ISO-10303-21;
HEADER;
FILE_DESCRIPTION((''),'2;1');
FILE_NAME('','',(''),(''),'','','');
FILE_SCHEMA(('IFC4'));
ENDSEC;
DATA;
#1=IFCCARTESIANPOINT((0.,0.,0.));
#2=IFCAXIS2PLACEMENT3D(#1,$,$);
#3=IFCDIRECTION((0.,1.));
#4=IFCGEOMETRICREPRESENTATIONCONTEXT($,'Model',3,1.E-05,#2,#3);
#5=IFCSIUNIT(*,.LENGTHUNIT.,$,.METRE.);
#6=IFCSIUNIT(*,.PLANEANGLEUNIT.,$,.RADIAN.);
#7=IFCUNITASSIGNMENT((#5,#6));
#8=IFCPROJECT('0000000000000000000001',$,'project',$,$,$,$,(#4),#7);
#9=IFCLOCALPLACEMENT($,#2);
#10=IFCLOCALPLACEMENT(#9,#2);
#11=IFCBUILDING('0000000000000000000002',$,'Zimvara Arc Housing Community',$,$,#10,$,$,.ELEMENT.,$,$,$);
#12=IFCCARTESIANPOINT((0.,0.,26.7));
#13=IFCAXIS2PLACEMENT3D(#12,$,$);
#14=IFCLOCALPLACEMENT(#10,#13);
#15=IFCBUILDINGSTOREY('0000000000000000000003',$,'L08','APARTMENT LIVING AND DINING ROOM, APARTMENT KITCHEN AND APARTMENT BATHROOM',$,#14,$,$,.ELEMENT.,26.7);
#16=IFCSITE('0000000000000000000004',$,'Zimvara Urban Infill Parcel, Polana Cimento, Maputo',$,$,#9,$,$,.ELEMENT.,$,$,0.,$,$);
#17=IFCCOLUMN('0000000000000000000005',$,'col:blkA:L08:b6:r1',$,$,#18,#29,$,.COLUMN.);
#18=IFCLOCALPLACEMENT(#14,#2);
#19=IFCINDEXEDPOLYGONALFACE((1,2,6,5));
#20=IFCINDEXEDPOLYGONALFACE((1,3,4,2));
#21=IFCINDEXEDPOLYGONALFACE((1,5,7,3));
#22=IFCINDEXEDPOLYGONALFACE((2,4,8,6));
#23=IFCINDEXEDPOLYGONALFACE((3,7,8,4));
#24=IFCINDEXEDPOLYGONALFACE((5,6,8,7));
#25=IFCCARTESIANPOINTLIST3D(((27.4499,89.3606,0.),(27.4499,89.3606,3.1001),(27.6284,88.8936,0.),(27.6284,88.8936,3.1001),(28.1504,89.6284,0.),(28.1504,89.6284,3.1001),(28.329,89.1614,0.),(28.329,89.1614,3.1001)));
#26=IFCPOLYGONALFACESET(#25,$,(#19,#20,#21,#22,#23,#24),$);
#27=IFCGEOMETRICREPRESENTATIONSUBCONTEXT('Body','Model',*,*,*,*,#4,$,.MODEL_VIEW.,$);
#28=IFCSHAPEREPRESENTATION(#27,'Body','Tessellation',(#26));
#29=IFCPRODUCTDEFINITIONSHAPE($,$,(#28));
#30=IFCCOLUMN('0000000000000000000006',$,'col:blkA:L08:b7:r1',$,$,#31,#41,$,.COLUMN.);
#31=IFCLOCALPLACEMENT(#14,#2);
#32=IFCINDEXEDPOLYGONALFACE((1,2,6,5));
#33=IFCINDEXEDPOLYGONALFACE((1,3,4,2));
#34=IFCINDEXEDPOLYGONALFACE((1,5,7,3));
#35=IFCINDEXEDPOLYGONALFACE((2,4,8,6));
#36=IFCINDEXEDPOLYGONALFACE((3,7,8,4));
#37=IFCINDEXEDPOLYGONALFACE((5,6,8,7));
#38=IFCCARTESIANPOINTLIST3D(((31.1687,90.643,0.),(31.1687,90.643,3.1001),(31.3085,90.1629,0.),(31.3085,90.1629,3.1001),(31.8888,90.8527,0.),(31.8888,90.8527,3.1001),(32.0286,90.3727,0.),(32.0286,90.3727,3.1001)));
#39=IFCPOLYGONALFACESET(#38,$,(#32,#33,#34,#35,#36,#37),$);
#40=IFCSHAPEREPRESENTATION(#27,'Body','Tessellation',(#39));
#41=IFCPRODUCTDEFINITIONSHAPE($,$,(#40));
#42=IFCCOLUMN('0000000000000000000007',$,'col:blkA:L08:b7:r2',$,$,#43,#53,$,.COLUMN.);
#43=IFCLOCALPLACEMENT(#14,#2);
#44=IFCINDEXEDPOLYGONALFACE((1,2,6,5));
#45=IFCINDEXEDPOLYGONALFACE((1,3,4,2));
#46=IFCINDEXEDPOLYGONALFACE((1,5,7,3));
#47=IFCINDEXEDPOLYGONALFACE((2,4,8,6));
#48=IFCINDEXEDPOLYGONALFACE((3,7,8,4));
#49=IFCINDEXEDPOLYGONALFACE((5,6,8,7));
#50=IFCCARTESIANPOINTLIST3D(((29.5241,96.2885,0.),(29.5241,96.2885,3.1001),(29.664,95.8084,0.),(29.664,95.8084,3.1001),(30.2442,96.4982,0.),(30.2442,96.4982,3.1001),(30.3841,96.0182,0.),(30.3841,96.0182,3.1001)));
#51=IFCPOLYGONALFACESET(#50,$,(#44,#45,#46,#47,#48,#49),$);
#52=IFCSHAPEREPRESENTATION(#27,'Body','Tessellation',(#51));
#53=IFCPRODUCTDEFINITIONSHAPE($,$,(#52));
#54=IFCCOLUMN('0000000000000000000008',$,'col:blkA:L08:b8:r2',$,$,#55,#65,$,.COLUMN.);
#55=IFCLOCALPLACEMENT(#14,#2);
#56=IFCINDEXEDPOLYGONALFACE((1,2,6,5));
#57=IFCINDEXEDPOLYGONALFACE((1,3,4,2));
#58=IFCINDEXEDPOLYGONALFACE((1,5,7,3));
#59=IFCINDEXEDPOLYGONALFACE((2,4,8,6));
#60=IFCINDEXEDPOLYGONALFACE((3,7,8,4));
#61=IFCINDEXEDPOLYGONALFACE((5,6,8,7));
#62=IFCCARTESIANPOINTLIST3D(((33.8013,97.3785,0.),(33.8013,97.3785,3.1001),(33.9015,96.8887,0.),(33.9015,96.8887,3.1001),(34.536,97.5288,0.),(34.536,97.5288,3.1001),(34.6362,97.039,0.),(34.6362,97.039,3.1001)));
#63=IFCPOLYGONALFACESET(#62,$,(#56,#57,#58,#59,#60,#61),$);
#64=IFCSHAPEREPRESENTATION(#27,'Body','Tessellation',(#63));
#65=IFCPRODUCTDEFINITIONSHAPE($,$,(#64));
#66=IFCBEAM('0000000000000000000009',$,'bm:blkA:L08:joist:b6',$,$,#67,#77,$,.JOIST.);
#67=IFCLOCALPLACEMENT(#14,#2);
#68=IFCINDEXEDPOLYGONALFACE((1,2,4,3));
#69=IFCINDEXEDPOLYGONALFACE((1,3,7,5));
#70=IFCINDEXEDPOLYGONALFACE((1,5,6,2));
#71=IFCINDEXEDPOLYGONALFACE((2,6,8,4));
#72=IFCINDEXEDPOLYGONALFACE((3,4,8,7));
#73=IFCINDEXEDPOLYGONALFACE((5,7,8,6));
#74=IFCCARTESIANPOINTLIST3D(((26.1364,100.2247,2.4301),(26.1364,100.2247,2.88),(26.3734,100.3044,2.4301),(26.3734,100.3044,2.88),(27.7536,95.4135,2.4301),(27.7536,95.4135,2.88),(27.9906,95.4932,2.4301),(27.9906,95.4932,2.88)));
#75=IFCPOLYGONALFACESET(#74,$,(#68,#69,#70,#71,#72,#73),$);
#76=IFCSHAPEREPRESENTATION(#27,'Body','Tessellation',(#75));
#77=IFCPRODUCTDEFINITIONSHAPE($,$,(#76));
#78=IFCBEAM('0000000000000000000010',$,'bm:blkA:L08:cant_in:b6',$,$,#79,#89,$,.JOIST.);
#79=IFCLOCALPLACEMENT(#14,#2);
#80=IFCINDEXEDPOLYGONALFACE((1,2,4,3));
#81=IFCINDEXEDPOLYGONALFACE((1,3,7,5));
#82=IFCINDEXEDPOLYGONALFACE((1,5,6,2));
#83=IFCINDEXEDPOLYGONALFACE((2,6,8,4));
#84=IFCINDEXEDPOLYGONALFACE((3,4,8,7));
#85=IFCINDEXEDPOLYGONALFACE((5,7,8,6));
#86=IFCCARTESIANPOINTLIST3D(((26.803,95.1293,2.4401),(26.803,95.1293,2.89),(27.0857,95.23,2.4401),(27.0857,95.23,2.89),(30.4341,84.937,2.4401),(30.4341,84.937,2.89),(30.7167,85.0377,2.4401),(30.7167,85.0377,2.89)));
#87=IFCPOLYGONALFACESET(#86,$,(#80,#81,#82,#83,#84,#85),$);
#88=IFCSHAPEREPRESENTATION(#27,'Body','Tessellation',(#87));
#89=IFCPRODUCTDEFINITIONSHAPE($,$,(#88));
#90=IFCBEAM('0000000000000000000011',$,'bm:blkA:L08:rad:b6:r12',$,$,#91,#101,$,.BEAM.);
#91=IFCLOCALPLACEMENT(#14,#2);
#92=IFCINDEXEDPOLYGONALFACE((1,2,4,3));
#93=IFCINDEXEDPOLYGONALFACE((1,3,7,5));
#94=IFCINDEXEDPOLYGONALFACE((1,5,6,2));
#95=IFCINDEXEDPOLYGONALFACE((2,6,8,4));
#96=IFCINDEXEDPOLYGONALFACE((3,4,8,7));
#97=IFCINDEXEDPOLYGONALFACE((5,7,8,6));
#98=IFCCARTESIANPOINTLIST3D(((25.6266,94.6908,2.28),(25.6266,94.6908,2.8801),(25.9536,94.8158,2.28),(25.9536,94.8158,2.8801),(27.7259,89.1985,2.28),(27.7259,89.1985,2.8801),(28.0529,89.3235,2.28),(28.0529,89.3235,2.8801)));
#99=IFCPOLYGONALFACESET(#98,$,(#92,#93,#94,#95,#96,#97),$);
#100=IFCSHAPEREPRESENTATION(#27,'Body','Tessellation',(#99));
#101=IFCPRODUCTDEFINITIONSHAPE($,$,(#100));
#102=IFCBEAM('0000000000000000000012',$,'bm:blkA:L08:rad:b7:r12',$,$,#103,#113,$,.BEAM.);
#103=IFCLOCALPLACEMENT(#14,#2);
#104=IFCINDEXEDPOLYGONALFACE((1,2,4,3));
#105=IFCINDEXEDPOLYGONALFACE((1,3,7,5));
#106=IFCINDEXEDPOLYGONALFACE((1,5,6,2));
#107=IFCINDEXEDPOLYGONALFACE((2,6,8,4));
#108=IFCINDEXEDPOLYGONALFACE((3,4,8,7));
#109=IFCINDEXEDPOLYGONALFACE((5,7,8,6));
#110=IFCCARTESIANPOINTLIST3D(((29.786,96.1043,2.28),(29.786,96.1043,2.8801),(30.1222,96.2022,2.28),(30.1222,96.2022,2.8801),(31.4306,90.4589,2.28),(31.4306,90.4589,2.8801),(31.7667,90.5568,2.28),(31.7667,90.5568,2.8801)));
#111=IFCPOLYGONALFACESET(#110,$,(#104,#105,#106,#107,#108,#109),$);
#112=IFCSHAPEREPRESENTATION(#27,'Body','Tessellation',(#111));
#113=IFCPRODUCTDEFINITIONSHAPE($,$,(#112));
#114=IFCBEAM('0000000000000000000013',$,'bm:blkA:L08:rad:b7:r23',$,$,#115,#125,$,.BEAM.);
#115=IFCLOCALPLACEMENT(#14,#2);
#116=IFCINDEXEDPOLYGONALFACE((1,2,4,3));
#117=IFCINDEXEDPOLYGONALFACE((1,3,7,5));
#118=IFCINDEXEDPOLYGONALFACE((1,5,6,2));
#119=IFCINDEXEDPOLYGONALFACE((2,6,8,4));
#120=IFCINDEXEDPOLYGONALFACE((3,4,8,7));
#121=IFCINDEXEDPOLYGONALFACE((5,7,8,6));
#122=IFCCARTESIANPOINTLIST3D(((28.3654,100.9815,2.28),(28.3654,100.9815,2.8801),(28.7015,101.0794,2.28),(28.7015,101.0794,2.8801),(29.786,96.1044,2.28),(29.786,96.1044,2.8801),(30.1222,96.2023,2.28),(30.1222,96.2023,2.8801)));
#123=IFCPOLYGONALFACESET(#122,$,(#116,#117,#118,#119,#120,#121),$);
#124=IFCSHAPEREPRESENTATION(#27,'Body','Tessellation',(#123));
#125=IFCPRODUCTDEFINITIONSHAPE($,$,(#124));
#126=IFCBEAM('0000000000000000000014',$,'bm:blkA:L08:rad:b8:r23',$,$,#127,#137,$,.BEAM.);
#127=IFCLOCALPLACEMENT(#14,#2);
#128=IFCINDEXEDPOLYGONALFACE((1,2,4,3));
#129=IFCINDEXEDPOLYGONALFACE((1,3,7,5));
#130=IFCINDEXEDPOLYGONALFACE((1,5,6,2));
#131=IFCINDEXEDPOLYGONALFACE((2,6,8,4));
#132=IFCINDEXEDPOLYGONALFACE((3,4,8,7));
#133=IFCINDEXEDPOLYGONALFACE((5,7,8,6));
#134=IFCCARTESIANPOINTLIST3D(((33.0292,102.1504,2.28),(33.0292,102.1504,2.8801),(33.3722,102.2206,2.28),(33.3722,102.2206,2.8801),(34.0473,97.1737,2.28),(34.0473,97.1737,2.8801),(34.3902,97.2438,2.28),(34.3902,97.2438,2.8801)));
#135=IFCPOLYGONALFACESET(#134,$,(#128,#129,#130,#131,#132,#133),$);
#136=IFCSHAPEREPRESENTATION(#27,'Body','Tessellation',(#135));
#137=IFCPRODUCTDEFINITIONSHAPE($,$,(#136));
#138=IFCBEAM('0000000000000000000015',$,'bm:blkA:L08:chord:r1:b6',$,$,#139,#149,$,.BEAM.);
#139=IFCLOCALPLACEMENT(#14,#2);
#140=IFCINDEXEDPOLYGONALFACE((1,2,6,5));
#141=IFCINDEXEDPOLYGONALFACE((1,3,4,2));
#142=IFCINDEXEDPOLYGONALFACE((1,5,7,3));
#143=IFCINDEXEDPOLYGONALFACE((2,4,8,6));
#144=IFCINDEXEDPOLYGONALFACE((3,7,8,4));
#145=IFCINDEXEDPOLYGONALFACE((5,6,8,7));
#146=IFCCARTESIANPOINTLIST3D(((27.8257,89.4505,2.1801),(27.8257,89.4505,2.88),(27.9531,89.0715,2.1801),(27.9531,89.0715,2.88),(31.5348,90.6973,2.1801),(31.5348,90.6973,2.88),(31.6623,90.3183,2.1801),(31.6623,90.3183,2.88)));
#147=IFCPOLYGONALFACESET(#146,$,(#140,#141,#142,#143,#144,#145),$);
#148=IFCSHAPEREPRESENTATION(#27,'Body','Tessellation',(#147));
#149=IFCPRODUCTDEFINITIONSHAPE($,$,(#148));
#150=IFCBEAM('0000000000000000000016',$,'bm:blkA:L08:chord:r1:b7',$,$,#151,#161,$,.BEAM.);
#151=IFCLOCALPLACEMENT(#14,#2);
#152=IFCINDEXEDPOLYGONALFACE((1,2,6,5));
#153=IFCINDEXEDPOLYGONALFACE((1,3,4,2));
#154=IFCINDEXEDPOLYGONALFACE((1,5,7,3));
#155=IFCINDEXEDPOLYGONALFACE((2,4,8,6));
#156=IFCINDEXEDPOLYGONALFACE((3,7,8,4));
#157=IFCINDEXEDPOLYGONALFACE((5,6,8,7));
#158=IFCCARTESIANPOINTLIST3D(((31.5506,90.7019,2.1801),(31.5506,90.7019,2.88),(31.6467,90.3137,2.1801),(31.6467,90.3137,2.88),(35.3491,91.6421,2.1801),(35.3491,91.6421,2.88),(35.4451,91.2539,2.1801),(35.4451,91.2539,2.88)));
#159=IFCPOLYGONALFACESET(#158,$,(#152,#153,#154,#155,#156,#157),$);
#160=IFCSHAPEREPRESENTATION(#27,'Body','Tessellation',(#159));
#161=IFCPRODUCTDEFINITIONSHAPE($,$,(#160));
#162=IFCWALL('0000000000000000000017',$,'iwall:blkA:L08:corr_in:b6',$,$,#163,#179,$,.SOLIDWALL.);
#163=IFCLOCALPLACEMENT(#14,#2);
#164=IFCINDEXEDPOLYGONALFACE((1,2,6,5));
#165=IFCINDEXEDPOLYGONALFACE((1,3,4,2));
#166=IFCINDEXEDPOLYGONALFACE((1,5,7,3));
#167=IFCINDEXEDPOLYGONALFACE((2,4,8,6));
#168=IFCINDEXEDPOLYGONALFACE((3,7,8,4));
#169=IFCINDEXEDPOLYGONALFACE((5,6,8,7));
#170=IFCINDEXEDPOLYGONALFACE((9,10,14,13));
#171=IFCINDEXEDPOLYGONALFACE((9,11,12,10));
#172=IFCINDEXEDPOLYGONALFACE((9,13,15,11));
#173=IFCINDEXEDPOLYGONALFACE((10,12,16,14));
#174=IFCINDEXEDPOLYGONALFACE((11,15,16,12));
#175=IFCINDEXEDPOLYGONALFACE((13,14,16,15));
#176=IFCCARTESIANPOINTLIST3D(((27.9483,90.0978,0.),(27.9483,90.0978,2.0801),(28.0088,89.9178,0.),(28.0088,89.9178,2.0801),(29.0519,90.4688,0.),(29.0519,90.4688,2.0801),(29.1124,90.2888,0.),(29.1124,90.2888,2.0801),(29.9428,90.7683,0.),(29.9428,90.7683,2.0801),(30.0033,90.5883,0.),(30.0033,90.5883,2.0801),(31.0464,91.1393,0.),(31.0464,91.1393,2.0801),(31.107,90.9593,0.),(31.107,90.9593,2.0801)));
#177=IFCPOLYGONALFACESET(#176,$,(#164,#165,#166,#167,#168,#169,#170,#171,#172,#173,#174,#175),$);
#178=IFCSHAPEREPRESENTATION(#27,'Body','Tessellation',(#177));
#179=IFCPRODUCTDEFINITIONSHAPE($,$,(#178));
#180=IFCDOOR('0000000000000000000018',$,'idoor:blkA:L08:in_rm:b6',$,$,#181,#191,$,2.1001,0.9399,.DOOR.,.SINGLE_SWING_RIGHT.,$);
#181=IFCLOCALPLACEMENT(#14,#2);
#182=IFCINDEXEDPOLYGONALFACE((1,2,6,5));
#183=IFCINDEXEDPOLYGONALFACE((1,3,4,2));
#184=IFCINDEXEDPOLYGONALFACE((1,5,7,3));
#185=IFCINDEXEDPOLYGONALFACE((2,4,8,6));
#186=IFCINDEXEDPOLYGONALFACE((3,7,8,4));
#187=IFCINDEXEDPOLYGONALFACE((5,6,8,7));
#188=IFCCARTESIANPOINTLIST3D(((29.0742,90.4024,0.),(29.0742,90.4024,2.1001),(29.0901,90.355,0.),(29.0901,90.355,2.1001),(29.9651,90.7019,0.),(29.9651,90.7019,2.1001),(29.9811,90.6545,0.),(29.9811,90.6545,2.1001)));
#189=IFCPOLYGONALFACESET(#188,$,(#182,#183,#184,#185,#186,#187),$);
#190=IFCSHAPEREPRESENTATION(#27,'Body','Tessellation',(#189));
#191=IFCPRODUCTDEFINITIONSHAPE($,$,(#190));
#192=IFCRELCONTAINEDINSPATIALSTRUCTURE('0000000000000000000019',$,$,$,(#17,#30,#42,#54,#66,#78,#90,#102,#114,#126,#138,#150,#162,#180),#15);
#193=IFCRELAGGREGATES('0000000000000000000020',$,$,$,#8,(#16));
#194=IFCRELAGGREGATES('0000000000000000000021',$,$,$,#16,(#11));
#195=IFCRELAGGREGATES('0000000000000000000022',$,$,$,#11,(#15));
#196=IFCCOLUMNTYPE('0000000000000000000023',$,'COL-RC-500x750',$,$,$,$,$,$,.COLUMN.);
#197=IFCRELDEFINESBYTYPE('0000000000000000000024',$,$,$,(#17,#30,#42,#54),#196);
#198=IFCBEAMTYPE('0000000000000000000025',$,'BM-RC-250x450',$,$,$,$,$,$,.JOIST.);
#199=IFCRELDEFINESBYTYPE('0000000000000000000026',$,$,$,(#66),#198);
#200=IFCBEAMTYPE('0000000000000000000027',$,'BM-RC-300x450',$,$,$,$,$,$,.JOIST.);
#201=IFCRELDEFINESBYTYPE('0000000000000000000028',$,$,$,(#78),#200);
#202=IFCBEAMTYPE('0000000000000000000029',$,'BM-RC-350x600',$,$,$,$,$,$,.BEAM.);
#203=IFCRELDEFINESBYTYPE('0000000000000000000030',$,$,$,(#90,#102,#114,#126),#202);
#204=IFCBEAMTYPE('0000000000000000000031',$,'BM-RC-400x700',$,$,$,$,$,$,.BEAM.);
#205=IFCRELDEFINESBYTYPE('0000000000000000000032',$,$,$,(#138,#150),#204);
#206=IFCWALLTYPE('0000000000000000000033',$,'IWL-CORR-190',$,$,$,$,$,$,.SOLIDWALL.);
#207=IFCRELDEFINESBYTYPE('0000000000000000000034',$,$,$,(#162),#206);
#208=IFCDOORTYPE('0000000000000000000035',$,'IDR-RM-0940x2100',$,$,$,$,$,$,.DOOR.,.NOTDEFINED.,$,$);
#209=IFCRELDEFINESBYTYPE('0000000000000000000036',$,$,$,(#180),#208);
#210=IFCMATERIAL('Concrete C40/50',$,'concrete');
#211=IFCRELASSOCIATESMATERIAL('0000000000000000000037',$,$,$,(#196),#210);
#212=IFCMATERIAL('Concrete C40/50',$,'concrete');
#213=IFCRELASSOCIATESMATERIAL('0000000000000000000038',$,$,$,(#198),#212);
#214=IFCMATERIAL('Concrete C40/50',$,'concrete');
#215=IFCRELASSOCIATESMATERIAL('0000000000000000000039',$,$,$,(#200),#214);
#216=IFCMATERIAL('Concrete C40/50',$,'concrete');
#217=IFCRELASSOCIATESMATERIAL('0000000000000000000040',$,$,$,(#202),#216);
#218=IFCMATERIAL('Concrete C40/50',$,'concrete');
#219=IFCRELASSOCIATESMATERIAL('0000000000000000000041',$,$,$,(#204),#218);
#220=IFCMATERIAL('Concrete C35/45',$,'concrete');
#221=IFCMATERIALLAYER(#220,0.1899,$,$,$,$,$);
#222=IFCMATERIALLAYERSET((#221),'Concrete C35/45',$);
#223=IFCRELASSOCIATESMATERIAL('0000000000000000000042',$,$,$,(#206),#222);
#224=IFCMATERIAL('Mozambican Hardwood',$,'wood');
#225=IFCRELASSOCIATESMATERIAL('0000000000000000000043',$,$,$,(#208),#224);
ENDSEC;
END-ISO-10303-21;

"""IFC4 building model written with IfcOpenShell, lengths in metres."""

from ifc_helpers import new_model, si_unit, direction, frame, frame_2d, origin, origin_2d, place, context, subcontext, project, spatial, rectangle, extrude, material, layer, layer_set, material_profile, profile_set, type_object, element, fill, save


model = new_model("IFC4")

# Units and contexts
model_context = context("Model", 3, precision=1e-05, world=origin(), true_north=direction((0.0, 1.0)))
body_context = subcontext(model_context, "Body", "Model", "MODEL_VIEW")
ifc_project = project(units=[si_unit("LENGTHUNIT", "METRE"), si_unit("PLANEANGLEUNIT", "RADIAN")], contexts=[model_context])

# Site, building, storey
site_placement = place(None, origin())
site = spatial("IfcSite", under=ifc_project, at=site_placement, Name="Zimvara Urban Infill Parcel, Polana Cimento, Maputo", CompositionType="ELEMENT", RefElevation=0.0)
building_placement = place(site_placement, origin())
building = spatial("IfcBuilding", under=site, at=building_placement, Name="Zimvara Arc Housing Community", CompositionType="ELEMENT")
storey_placement = place(building_placement, frame((0.0, 0.0, 26.7)))
storey = spatial("IfcBuildingStorey", under=building, at=storey_placement, Name="L08", Description="APARTMENT LIVING AND DINING ROOM, APARTMENT KITCHEN AND APARTMENT BATHROOM", CompositionType="ELEMENT", Elevation=26.7)

# Columns
ifc_material_1 = material(Name="Concrete C40/50", Category="concrete")
ifc_material_profile_1 = material_profile(ifc_material_1, rectangle(XDim=0.5, YDim=0.75, at=origin_2d()), Name="RC 500x750")
ifc_profile_set_1 = profile_set([ifc_material_profile_1], Name="Concrete C40/50")
column_type = type_object("IfcColumnType", Name="COL-RC-500x750", PredefinedType="COLUMN", material=ifc_profile_set_1)
for number, where, z_axis, x_axis, name in (
    (1, (27.8894, 89.261, 0.0), (0.0, 0.0, 1.0), (-0.357064, 0.93408, 0.0), "col:blkA:L08:b6:r1"),
    (2, (31.5986, 90.5078, 0.0), (0.0, 0.0, 1.0), (-0.279661, 0.960099, 0.0), "col:blkA:L08:b7:r1"),
    (3, (29.9541, 96.1533, 0.0), (0.0, 0.0, 1.0), (-0.279661, 0.960099, 0.0), "col:blkA:L08:b7:r2"),
    (4, (34.2188, 97.2087, 0.0), (0.0, 0.0, 1.0), (-0.200394, 0.979715, 0.0), "col:blkA:L08:b8:r2"),
):
    element("IfcColumn", number, at=place(storey_placement, frame(where, z_axis=z_axis, x_axis=x_axis)), inside=storey, type_object=column_type, Name=name, PredefinedType="COLUMN", context=body_context, shape_type="SweptSolid", body=[
        extrude(rectangle(XDim=0.5, YDim=0.75, at=origin_2d()), origin(), (0.0, 0.0, 1.0), 3.1001),
    ])

# Beams
ifc_material_2 = material(Name="Concrete C40/50", Category="concrete")
ifc_material_profile_2 = material_profile(ifc_material_2, rectangle(XDim=0.25, YDim=0.45, at=origin_2d()), Name="RC 250x450")
ifc_profile_set_2 = profile_set([ifc_material_profile_2], Name="Concrete C40/50")
beam_type_1 = type_object("IfcBeamType", Name="BM-RC-250x450", PredefinedType="JOIST", material=ifc_profile_set_2)
beam_1_placement = place(storey_placement, frame((27.8721, 95.4534, 2.655), z_axis=(-0.318608, 0.947887, 0.0), x_axis=(-0.947887, -0.318608, 0.0)))
element("IfcBeam", 5, at=beam_1_placement, inside=storey, type_object=beam_type_1, Name="bm:blkA:L08:joist:b6", PredefinedType="JOIST", context=body_context, shape_type="SweptSolid", body=[
    extrude(rectangle(XDim=0.25, YDim=0.45, at=origin_2d()), origin(), (0.0, 0.0, 1.0), 5.0757),
])
ifc_material_3 = material(Name="Concrete C40/50", Category="concrete")
ifc_material_profile_3 = material_profile(ifc_material_3, rectangle(XDim=0.3, YDim=0.45, at=origin_2d()), Name="RC 300x450")
ifc_profile_set_3 = profile_set([ifc_material_profile_3], Name="Concrete C40/50")
beam_type_2 = type_object("IfcBeamType", Name="BM-RC-300x450", PredefinedType="JOIST", material=ifc_profile_set_3)
beam_2_placement = place(storey_placement, frame((26.9443, 95.1797, 2.665), z_axis=(0.335596, -0.942006, 0.0), x_axis=(0.942006, 0.335596, 0.0)))
element("IfcBeam", 6, at=beam_2_placement, inside=storey, type_object=beam_type_2, Name="bm:blkA:L08:cant_in:b6", PredefinedType="JOIST", context=body_context, shape_type="SweptSolid", body=[
    extrude(rectangle(XDim=0.3, YDim=0.45, at=origin_2d()), origin(), (0.0, 0.0, 1.0), 10.8198),
])
ifc_material_4 = material(Name="Concrete C40/50", Category="concrete")
ifc_material_profile_4 = material_profile(ifc_material_4, rectangle(XDim=0.3501, YDim=0.6001, at=origin_2d()), Name="RC 350x600")
ifc_profile_set_4 = profile_set([ifc_material_profile_4], Name="Concrete C40/50")
beam_type_3 = type_object("IfcBeamType", Name="BM-RC-350x600", PredefinedType="BEAM", material=ifc_profile_set_4)
beam_3_placement = place(storey_placement, frame((27.8894, 89.261, 2.5801), z_axis=(-0.357036, 0.934091, 0.0), x_axis=(-0.934091, -0.357036, 0.0)))
element("IfcBeam", 7, at=beam_3_placement, inside=storey, type_object=beam_type_3, Name="bm:blkA:L08:rad:b6:r12", PredefinedType="BEAM", context=body_context, shape_type="SweptSolid", body=[
    extrude(rectangle(XDim=0.3501, YDim=0.6001, at=origin_2d()), origin(), (0.0, 0.0, 1.0), 5.8799),
])
beam_4_placement = place(storey_placement, frame((31.5986, 90.5078, 2.5801), z_axis=(-0.279675, 0.960095, 0.0), x_axis=(-0.960095, -0.279675, 0.0)))
element("IfcBeam", 8, at=beam_4_placement, inside=storey, type_object=beam_type_3, Name="bm:blkA:L08:rad:b7:r12", PredefinedType="BEAM", context=body_context, shape_type="SweptSolid", body=[
    extrude(rectangle(XDim=0.3501, YDim=0.6001, at=origin_2d()), origin(), (0.0, 0.0, 1.0), 5.8801),
])
for number, where, z_axis, x_axis, name in (
    (9, (29.9541, 96.1533, 2.5801), (-0.279662, 0.960098, 0.0), (-0.960098, -0.279662, 0.0), "bm:blkA:L08:rad:b7:r23"),
    (10, (34.2188, 97.2087, 2.5801), (-0.200412, 0.979712, 0.0), (-0.979712, -0.200412, 0.0), "bm:blkA:L08:rad:b8:r23"),
):
    element("IfcBeam", number, at=place(storey_placement, frame(where, z_axis=z_axis, x_axis=x_axis)), inside=storey, type_object=beam_type_3, Name=name, PredefinedType="BEAM", context=body_context, shape_type="SweptSolid", body=[
        extrude(rectangle(XDim=0.3501, YDim=0.6001, at=origin_2d()), origin(), (0.0, 0.0, 1.0), 5.0798),
    ])
ifc_material_5 = material(Name="Concrete C40/50", Category="concrete")
ifc_material_profile_5 = material_profile(ifc_material_5, rectangle(XDim=0.3999, YDim=0.7, at=origin_2d()), Name="RC 400x700")
ifc_profile_set_5 = profile_set([ifc_material_profile_5], Name="Concrete C40/50")
beam_type_4 = type_object("IfcBeamType", Name="BM-RC-400x700", PredefinedType="BEAM", material=ifc_profile_set_5)
for number, where, z_axis, x_axis, name in (
    (11, (27.8894, 89.261, 2.53), (0.947882, 0.318623, 0.0), (-0.318623, 0.947882, 0.0), "bm:blkA:L08:chord:r1:b6"),
    (12, (31.5986, 90.5078, 2.53), (0.970709, 0.24026, 0.0), (-0.24026, 0.970709, 0.0), "bm:blkA:L08:chord:r1:b7"),
):
    element("IfcBeam", number, at=place(storey_placement, frame(where, z_axis=z_axis, x_axis=x_axis)), inside=storey, type_object=beam_type_4, Name=name, PredefinedType="BEAM", context=body_context, shape_type="SweptSolid", body=[
        extrude(rectangle(XDim=0.3999, YDim=0.7, at=origin_2d()), origin(), (0.0, 0.0, 1.0), 3.9131),
    ])

# Wall, opening, door
ifc_material_6 = material(Name="Concrete C35/45", Category="concrete")
ifc_layer_1 = layer(ifc_material_6, 0.1899)
ifc_layer_set_1 = layer_set([ifc_layer_1], Name="Concrete C35/45")
wall_type_1 = type_object("IfcWallType", Name="IWL-CORR-190", PredefinedType="SOLIDWALL", material=ifc_layer_set_1)
wall_1_placement = place(storey_placement, frame((27.9785, 90.0078, 0.0), z_axis=(0.0, 0.0, 1.0), x_axis=(0.947874, 0.318647, 0.0)))
wall_1 = element("IfcWall", 13, at=wall_1_placement, inside=storey, type_object=wall_type_1, Name="iwall:blkA:L08:corr_in:b6", PredefinedType="SOLIDWALL", context=body_context, shape_type="SweptSolid", body=[
    extrude(rectangle(XDim=3.2686, YDim=0.1899, at=frame_2d((1.6343, 0.0))), origin(), (0.0, 0.0, 1.0), 2.0801),
])
opening_1_placement = place(wall_1_placement, frame((1.1643, 0.0, 0.0)))
opening_1 = element("IfcOpeningElement", 14, at=opening_1_placement, cuts=wall_1, PredefinedType="OPENING", context=body_context, shape_type="SweptSolid", body=[
    extrude(rectangle(XDim=0.9399, YDim=2.1001, at=frame_2d((0.47, 1.05))), frame((0.0, 0.105, 0.0), z_axis=(0.0, -1.0, 0.0), x_axis=(1.0, 0.0, 0.0)), (0.0, 0.0, 1.0), 0.21),
])
ifc_material_7 = material(Name="Mozambican Hardwood", Category="wood")
door_type_1 = type_object("IfcDoorType", Name="IDR-RM-0940x2100", OperationType="NOTDEFINED", PredefinedType="DOOR", material=ifc_material_7)
door_1_placement = place(opening_1_placement, origin())
door_1 = element("IfcDoor", 15, at=door_1_placement, inside=storey, type_object=door_type_1, Name="idoor:blkA:L08:in_rm:b6", OperationType="SINGLE_SWING_RIGHT", OverallHeight=2.1001, OverallWidth=0.9399, PredefinedType="DOOR", context=body_context, shape_type="SweptSolid", body=[
    extrude(rectangle(XDim=0.9399, YDim=2.1001, at=frame_2d((0.47, 1.05))), frame((0.0, 0.0249, 0.0), z_axis=(0.0, -1.0, 0.0), x_axis=(1.0, 0.0, 0.0)), (0.0, 0.0, 1.0), 0.05),
])
fill(opening_1, door_1)

save(model, "model.ifc")
